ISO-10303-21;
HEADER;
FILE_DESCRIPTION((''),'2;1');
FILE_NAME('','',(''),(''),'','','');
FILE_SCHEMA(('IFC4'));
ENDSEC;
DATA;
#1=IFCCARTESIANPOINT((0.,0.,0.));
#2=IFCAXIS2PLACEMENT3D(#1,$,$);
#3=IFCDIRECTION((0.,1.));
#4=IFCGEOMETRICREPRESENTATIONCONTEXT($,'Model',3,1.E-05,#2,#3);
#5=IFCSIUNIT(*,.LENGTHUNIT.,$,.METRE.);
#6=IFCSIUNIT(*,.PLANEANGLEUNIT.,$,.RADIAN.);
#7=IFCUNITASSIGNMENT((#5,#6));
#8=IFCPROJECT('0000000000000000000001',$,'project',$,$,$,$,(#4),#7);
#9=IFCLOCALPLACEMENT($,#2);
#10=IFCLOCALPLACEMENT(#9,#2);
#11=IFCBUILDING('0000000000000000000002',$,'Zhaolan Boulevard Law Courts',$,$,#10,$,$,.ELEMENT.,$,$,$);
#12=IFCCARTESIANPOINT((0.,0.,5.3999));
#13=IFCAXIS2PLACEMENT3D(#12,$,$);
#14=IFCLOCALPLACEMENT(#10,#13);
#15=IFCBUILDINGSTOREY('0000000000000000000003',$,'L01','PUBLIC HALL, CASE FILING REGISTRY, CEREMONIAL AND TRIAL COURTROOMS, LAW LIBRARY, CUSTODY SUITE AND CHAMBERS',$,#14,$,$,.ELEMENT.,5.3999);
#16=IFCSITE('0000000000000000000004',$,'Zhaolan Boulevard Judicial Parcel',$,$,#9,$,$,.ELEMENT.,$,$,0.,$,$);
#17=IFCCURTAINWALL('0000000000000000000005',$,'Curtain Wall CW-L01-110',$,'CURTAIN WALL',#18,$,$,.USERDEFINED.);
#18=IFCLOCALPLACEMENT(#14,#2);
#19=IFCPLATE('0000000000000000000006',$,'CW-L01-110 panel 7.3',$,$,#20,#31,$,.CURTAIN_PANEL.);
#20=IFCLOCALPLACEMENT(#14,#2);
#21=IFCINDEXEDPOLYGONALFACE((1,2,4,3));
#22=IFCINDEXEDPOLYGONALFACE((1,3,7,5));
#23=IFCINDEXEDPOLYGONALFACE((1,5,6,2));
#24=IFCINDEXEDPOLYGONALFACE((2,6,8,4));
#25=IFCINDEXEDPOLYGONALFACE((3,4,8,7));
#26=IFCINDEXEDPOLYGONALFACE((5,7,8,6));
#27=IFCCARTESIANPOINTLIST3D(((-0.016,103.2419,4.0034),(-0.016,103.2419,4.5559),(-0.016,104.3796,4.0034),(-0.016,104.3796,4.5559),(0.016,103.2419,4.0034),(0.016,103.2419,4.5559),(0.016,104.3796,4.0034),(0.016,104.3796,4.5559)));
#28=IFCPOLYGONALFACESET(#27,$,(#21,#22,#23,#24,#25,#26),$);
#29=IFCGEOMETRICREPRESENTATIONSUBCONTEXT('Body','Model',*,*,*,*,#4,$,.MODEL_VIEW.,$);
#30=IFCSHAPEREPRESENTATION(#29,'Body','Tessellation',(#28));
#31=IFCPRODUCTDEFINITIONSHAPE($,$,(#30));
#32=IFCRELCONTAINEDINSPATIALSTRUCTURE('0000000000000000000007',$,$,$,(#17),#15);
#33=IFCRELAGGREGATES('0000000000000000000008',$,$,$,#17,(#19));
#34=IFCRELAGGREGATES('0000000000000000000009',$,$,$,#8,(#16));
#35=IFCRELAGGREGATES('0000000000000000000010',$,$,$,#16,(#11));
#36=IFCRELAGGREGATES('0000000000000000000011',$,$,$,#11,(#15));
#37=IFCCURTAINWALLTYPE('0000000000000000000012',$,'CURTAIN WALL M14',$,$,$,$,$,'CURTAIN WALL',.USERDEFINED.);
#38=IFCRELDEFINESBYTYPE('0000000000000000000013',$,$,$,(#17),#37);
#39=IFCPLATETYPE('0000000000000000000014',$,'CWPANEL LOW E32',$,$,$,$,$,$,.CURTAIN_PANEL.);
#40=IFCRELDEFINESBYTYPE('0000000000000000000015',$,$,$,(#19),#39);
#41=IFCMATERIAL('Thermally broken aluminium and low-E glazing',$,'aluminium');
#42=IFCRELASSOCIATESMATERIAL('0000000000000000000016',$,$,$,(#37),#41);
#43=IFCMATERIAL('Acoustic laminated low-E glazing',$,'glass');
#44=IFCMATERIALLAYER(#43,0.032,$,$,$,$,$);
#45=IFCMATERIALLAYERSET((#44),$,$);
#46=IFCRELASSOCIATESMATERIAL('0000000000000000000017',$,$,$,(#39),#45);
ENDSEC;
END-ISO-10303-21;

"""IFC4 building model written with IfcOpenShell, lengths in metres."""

from ifc_helpers import new_model, si_unit, direction, frame, origin, origin_2d, place, context, subcontext, project, spatial, rectangle, extrude, material, layer, layer_set, type_object, element, aggregate, save


model = new_model("IFC4")

# Units and contexts
model_context = context("Model", 3, precision=1e-05, world=origin(), true_north=direction((0.0, 1.0)))
body_context = subcontext(model_context, "Body", "Model", "MODEL_VIEW")
ifc_project = project(units=[si_unit("LENGTHUNIT", "METRE"), si_unit("PLANEANGLEUNIT", "RADIAN")], contexts=[model_context])

# Site, building, storey
site_placement = place(None, origin())
site = spatial("IfcSite", under=ifc_project, at=site_placement, Name="Zhaolan Boulevard Judicial Parcel", CompositionType="ELEMENT", RefElevation=0.0)
building_placement = place(site_placement, origin())
building = spatial("IfcBuilding", under=site, at=building_placement, Name="Zhaolan Boulevard Law Courts", CompositionType="ELEMENT")
storey_placement = place(building_placement, frame((0.0, 0.0, 5.3999)))
storey = spatial("IfcBuildingStorey", under=building, at=storey_placement, Name="L01", Description="PUBLIC HALL, CASE FILING REGISTRY, CEREMONIAL AND TRIAL COURTROOMS, LAW LIBRARY, CUSTODY SUITE AND CHAMBERS", CompositionType="ELEMENT", Elevation=5.3999)

# Curtain wall
ifc_material_1 = material(Name="Thermally broken aluminium and low-E glazing", Category="aluminium")
curtain_wall_type_1 = type_object("IfcCurtainWallType", Name="CURTAIN WALL M14", ElementType="CURTAIN WALL", PredefinedType="USERDEFINED", material=ifc_material_1)
curtain_wall_1_placement = place(storey_placement, origin())
curtain_wall_1 = element("IfcCurtainWall", 1, at=curtain_wall_1_placement, inside=storey, type_object=curtain_wall_type_1, Name="Curtain Wall CW-L01-110", ObjectType="CURTAIN WALL", PredefinedType="USERDEFINED")

# Plate
ifc_material_2 = material(Name="Acoustic laminated low-E glazing", Category="glass")
ifc_layer = layer(ifc_material_2, 0.032)
ifc_layer_set = layer_set([ifc_layer])
plate_type = type_object("IfcPlateType", Name="CWPANEL LOW E32", PredefinedType="CURTAIN_PANEL", material=ifc_layer_set)
plate_1_placement = place(storey_placement, frame((0.0, 103.8108, 4.0034), z_axis=(0.0, 0.0, 1.0), x_axis=(0.0, -1.0, 0.0)))
plate_1 = element("IfcPlate", 2, at=plate_1_placement, type_object=plate_type, Name="CW-L01-110 panel 7.3", PredefinedType="CURTAIN_PANEL", context=body_context, shape_type="SweptSolid", body=[
    extrude(rectangle(XDim=1.1377, YDim=0.032, at=origin_2d()), origin(), (0.0, 0.0, 1.0), 0.5525),
])
aggregate(curtain_wall_1, [plate_1])

save(model, "model.ifc")
